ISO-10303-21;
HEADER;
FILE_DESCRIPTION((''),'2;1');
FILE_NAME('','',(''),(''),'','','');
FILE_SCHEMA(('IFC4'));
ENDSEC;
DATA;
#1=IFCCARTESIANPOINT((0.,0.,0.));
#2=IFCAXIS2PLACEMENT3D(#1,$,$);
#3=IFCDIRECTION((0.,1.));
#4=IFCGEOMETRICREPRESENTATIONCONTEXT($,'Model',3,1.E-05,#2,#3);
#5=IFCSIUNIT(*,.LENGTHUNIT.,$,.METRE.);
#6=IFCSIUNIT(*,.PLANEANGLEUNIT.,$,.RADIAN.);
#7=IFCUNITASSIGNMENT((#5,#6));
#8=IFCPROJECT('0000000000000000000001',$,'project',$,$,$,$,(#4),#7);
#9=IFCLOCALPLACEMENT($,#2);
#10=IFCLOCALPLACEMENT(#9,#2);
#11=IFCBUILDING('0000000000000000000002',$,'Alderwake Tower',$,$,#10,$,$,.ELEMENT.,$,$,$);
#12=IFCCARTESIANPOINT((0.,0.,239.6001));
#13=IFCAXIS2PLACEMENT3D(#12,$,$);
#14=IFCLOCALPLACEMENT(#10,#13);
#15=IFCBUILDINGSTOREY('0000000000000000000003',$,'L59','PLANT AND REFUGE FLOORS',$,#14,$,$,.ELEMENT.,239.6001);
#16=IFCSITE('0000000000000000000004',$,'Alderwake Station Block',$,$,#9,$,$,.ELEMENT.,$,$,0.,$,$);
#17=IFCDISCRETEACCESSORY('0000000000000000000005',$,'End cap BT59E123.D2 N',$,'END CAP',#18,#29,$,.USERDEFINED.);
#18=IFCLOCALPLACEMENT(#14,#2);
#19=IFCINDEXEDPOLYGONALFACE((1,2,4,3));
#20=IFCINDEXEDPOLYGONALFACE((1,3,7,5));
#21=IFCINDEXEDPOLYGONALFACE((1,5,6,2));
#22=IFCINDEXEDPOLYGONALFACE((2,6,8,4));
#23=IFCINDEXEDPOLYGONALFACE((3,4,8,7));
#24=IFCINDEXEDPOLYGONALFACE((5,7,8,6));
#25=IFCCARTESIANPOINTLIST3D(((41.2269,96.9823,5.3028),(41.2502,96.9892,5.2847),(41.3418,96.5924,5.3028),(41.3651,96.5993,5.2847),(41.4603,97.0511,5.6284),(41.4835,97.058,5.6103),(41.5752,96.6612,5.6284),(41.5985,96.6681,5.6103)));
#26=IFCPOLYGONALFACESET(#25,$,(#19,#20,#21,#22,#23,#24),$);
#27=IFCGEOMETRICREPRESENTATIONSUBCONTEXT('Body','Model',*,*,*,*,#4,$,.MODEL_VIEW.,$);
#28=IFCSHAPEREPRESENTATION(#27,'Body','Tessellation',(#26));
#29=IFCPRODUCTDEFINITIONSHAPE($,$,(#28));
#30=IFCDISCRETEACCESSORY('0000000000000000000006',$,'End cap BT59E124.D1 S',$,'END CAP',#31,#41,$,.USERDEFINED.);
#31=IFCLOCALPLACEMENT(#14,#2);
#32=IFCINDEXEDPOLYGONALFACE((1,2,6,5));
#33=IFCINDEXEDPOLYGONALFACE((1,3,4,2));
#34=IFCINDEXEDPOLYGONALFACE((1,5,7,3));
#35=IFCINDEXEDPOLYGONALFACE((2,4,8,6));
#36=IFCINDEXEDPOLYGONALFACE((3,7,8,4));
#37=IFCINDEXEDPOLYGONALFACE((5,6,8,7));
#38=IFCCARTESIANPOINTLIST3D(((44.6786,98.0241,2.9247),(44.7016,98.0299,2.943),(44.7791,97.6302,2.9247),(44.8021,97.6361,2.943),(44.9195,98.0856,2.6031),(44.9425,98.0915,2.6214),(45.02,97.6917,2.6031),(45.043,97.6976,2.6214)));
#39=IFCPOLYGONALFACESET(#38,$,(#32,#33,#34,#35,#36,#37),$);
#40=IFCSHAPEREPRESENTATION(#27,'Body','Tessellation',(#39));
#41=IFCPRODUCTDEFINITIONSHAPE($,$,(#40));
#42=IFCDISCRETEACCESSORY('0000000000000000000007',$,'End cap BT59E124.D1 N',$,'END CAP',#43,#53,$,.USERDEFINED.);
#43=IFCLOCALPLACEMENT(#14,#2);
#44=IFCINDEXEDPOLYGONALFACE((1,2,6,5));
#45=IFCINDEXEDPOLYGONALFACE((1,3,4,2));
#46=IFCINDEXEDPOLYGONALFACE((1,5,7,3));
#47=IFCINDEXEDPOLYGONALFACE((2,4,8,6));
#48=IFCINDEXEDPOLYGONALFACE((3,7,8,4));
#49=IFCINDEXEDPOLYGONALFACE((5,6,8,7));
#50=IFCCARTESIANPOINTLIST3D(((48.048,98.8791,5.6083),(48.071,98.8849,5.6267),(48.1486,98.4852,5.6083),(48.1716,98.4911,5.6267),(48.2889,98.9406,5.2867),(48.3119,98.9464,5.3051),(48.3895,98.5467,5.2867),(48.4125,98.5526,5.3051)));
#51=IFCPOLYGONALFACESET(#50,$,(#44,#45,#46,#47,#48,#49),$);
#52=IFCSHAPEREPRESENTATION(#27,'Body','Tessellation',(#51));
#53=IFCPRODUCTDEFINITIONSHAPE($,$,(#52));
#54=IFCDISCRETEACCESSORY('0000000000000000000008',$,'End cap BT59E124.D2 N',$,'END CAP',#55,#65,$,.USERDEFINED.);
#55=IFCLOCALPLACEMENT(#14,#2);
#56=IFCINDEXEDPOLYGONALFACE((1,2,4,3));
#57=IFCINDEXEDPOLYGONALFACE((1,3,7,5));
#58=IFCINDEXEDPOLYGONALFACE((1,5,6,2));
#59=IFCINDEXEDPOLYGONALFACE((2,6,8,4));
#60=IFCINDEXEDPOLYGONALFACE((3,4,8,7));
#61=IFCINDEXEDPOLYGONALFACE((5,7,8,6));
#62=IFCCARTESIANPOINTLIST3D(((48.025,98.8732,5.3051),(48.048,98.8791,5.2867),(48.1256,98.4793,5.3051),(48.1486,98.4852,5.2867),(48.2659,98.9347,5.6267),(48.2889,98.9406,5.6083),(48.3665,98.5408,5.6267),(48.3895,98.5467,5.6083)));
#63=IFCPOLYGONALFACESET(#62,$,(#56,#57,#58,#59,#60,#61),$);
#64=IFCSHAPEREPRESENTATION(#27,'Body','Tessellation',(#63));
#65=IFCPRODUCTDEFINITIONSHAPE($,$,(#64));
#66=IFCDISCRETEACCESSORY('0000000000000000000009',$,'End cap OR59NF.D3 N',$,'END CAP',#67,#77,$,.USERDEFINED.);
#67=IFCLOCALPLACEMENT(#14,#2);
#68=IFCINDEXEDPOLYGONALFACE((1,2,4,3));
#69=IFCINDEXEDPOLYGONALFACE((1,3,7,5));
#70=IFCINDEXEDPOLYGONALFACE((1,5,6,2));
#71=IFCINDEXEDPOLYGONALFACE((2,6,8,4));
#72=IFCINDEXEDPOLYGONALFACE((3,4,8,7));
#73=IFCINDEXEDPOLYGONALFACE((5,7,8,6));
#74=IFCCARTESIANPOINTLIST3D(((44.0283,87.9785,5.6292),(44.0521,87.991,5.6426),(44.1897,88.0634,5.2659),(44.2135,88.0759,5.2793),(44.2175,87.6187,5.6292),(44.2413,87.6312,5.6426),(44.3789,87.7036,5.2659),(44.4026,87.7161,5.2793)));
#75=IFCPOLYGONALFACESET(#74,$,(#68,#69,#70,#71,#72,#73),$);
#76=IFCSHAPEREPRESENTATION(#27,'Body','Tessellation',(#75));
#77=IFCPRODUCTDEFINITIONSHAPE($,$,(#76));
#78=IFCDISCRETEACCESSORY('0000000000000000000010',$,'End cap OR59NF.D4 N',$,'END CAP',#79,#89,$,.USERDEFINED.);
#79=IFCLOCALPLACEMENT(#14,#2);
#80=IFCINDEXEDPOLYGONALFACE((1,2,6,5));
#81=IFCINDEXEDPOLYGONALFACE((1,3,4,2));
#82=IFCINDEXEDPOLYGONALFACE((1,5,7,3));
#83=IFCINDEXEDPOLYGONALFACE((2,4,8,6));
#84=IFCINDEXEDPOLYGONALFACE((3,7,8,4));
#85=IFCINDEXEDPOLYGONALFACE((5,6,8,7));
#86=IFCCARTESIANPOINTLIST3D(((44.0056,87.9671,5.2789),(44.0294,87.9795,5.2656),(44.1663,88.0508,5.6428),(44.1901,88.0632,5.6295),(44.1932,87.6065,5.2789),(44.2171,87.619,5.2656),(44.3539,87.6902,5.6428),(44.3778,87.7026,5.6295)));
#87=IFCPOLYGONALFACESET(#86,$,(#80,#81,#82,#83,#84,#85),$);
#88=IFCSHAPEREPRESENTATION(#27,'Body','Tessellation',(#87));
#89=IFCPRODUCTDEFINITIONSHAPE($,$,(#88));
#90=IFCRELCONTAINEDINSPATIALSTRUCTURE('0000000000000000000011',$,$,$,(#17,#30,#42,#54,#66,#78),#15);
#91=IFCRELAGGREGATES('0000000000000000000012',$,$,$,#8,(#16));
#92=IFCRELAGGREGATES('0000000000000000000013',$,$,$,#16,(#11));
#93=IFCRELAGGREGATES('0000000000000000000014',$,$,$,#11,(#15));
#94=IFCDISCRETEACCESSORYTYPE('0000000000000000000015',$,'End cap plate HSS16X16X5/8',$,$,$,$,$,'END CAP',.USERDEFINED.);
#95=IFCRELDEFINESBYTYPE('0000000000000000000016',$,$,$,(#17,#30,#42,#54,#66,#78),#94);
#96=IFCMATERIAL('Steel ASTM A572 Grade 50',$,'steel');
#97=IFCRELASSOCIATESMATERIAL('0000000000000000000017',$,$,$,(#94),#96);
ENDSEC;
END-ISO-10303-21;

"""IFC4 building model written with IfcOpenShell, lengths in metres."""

from ifc_helpers import new_model, si_unit, direction, frame, origin, origin_2d, place, context, subcontext, project, spatial, rectangle, extrude, material, material_profile, profile_set, type_object, element, save


model = new_model("IFC4")

# Units and contexts
model_context = context("Model", 3, precision=1e-05, world=origin(), true_north=direction((0.0, 1.0)))
body_context = subcontext(model_context, "Body", "Model", "MODEL_VIEW")
ifc_project = project(units=[si_unit("LENGTHUNIT", "METRE"), si_unit("PLANEANGLEUNIT", "RADIAN")], contexts=[model_context])

# Site, building, storey
site_placement = place(None, origin())
site = spatial("IfcSite", under=ifc_project, at=site_placement, Name="Alderwake Station Block", CompositionType="ELEMENT", RefElevation=0.0)
building_placement = place(site_placement, origin())
building = spatial("IfcBuilding", under=site, at=building_placement, Name="Alderwake Tower", CompositionType="ELEMENT")
storey_placement = place(building_placement, frame((0.0, 0.0, 239.6001)))
storey = spatial("IfcBuildingStorey", under=building, at=storey_placement, Name="L59", Description="PLANT AND REFUGE FLOORS", CompositionType="ELEMENT", Elevation=239.6001)

# Discrete accessories
ifc_material_1 = material(Name="Steel ASTM A572 Grade 50", Category="steel")
ifc_material_profile_1 = material_profile(ifc_material_1, rectangle(XDim=0.4065, YDim=0.4065, at=origin_2d()), Name="HSS16X16X5/8 cap")
ifc_profile_set_1 = profile_set([ifc_material_profile_1], Name="Steel ASTM A572 Grade 50")
discrete_accessory_type_1 = type_object("IfcDiscreteAccessoryType", Name="End cap plate HSS16X16X5/8", ElementType="END CAP", PredefinedType="USERDEFINED", material=ifc_profile_set_1)
discrete_accessory_1_placement = place(storey_placement, frame((41.4243, 96.8286, 5.4475), z_axis=(-0.768406, -0.226478, 0.598548), x_axis=(0.282713, -0.959205, 0.0)))
element("IfcDiscreteAccessory", 1, at=discrete_accessory_1_placement, inside=storey, type_object=discrete_accessory_type_1, Name="End cap BT59E123.D2 N", ObjectType="END CAP", PredefinedType="USERDEFINED", context=body_context, shape_type="SweptSolid", body=[
    extrude(rectangle(XDim=0.4065, YDim=0.4065, at=origin_2d()), origin(), (0.0, 0.0, 1.0), 0.0303),
])
for number, where, z_axis, x_axis, name in (
    (2, (44.8723, 97.8638, 2.7822), (-0.766562, -0.195718, -0.611619), (0.247383, -0.968918, 0.0), "End cap BT59E124.D1 S"),
    (3, (48.2188, 98.7129, 5.4475), (0.766562, 0.195718, 0.611619), (-0.247383, 0.968918, 0.0), "End cap BT59E124.D1 N"),
    (4, (48.2188, 98.7129, 5.4475), (-0.766562, -0.195718, 0.611619), (0.247383, -0.968918, 0.0), "End cap BT59E124.D2 N"),
    (5, (44.2036, 87.8411, 5.4475), (0.791079, 0.415928, 0.44855), (-0.46537, 0.885116, 0.0), "End cap OR59NF.D3 N"),
    (6, (44.2036, 87.8411, 5.4475), (-0.794102, -0.413257, 0.445669), (0.461638, -0.887069, 0.0), "End cap OR59NF.D4 N"),
):
    element("IfcDiscreteAccessory", number, at=place(storey_placement, frame(where, z_axis=z_axis, x_axis=x_axis)), inside=storey, type_object=discrete_accessory_type_1, Name=name, ObjectType="END CAP", PredefinedType="USERDEFINED", context=body_context, shape_type="SweptSolid", body=[
        extrude(rectangle(XDim=0.4065, YDim=0.4065, at=origin_2d()), origin(), (0.0, 0.0, 1.0), 0.03),
    ])

save(model, "model.ifc")
